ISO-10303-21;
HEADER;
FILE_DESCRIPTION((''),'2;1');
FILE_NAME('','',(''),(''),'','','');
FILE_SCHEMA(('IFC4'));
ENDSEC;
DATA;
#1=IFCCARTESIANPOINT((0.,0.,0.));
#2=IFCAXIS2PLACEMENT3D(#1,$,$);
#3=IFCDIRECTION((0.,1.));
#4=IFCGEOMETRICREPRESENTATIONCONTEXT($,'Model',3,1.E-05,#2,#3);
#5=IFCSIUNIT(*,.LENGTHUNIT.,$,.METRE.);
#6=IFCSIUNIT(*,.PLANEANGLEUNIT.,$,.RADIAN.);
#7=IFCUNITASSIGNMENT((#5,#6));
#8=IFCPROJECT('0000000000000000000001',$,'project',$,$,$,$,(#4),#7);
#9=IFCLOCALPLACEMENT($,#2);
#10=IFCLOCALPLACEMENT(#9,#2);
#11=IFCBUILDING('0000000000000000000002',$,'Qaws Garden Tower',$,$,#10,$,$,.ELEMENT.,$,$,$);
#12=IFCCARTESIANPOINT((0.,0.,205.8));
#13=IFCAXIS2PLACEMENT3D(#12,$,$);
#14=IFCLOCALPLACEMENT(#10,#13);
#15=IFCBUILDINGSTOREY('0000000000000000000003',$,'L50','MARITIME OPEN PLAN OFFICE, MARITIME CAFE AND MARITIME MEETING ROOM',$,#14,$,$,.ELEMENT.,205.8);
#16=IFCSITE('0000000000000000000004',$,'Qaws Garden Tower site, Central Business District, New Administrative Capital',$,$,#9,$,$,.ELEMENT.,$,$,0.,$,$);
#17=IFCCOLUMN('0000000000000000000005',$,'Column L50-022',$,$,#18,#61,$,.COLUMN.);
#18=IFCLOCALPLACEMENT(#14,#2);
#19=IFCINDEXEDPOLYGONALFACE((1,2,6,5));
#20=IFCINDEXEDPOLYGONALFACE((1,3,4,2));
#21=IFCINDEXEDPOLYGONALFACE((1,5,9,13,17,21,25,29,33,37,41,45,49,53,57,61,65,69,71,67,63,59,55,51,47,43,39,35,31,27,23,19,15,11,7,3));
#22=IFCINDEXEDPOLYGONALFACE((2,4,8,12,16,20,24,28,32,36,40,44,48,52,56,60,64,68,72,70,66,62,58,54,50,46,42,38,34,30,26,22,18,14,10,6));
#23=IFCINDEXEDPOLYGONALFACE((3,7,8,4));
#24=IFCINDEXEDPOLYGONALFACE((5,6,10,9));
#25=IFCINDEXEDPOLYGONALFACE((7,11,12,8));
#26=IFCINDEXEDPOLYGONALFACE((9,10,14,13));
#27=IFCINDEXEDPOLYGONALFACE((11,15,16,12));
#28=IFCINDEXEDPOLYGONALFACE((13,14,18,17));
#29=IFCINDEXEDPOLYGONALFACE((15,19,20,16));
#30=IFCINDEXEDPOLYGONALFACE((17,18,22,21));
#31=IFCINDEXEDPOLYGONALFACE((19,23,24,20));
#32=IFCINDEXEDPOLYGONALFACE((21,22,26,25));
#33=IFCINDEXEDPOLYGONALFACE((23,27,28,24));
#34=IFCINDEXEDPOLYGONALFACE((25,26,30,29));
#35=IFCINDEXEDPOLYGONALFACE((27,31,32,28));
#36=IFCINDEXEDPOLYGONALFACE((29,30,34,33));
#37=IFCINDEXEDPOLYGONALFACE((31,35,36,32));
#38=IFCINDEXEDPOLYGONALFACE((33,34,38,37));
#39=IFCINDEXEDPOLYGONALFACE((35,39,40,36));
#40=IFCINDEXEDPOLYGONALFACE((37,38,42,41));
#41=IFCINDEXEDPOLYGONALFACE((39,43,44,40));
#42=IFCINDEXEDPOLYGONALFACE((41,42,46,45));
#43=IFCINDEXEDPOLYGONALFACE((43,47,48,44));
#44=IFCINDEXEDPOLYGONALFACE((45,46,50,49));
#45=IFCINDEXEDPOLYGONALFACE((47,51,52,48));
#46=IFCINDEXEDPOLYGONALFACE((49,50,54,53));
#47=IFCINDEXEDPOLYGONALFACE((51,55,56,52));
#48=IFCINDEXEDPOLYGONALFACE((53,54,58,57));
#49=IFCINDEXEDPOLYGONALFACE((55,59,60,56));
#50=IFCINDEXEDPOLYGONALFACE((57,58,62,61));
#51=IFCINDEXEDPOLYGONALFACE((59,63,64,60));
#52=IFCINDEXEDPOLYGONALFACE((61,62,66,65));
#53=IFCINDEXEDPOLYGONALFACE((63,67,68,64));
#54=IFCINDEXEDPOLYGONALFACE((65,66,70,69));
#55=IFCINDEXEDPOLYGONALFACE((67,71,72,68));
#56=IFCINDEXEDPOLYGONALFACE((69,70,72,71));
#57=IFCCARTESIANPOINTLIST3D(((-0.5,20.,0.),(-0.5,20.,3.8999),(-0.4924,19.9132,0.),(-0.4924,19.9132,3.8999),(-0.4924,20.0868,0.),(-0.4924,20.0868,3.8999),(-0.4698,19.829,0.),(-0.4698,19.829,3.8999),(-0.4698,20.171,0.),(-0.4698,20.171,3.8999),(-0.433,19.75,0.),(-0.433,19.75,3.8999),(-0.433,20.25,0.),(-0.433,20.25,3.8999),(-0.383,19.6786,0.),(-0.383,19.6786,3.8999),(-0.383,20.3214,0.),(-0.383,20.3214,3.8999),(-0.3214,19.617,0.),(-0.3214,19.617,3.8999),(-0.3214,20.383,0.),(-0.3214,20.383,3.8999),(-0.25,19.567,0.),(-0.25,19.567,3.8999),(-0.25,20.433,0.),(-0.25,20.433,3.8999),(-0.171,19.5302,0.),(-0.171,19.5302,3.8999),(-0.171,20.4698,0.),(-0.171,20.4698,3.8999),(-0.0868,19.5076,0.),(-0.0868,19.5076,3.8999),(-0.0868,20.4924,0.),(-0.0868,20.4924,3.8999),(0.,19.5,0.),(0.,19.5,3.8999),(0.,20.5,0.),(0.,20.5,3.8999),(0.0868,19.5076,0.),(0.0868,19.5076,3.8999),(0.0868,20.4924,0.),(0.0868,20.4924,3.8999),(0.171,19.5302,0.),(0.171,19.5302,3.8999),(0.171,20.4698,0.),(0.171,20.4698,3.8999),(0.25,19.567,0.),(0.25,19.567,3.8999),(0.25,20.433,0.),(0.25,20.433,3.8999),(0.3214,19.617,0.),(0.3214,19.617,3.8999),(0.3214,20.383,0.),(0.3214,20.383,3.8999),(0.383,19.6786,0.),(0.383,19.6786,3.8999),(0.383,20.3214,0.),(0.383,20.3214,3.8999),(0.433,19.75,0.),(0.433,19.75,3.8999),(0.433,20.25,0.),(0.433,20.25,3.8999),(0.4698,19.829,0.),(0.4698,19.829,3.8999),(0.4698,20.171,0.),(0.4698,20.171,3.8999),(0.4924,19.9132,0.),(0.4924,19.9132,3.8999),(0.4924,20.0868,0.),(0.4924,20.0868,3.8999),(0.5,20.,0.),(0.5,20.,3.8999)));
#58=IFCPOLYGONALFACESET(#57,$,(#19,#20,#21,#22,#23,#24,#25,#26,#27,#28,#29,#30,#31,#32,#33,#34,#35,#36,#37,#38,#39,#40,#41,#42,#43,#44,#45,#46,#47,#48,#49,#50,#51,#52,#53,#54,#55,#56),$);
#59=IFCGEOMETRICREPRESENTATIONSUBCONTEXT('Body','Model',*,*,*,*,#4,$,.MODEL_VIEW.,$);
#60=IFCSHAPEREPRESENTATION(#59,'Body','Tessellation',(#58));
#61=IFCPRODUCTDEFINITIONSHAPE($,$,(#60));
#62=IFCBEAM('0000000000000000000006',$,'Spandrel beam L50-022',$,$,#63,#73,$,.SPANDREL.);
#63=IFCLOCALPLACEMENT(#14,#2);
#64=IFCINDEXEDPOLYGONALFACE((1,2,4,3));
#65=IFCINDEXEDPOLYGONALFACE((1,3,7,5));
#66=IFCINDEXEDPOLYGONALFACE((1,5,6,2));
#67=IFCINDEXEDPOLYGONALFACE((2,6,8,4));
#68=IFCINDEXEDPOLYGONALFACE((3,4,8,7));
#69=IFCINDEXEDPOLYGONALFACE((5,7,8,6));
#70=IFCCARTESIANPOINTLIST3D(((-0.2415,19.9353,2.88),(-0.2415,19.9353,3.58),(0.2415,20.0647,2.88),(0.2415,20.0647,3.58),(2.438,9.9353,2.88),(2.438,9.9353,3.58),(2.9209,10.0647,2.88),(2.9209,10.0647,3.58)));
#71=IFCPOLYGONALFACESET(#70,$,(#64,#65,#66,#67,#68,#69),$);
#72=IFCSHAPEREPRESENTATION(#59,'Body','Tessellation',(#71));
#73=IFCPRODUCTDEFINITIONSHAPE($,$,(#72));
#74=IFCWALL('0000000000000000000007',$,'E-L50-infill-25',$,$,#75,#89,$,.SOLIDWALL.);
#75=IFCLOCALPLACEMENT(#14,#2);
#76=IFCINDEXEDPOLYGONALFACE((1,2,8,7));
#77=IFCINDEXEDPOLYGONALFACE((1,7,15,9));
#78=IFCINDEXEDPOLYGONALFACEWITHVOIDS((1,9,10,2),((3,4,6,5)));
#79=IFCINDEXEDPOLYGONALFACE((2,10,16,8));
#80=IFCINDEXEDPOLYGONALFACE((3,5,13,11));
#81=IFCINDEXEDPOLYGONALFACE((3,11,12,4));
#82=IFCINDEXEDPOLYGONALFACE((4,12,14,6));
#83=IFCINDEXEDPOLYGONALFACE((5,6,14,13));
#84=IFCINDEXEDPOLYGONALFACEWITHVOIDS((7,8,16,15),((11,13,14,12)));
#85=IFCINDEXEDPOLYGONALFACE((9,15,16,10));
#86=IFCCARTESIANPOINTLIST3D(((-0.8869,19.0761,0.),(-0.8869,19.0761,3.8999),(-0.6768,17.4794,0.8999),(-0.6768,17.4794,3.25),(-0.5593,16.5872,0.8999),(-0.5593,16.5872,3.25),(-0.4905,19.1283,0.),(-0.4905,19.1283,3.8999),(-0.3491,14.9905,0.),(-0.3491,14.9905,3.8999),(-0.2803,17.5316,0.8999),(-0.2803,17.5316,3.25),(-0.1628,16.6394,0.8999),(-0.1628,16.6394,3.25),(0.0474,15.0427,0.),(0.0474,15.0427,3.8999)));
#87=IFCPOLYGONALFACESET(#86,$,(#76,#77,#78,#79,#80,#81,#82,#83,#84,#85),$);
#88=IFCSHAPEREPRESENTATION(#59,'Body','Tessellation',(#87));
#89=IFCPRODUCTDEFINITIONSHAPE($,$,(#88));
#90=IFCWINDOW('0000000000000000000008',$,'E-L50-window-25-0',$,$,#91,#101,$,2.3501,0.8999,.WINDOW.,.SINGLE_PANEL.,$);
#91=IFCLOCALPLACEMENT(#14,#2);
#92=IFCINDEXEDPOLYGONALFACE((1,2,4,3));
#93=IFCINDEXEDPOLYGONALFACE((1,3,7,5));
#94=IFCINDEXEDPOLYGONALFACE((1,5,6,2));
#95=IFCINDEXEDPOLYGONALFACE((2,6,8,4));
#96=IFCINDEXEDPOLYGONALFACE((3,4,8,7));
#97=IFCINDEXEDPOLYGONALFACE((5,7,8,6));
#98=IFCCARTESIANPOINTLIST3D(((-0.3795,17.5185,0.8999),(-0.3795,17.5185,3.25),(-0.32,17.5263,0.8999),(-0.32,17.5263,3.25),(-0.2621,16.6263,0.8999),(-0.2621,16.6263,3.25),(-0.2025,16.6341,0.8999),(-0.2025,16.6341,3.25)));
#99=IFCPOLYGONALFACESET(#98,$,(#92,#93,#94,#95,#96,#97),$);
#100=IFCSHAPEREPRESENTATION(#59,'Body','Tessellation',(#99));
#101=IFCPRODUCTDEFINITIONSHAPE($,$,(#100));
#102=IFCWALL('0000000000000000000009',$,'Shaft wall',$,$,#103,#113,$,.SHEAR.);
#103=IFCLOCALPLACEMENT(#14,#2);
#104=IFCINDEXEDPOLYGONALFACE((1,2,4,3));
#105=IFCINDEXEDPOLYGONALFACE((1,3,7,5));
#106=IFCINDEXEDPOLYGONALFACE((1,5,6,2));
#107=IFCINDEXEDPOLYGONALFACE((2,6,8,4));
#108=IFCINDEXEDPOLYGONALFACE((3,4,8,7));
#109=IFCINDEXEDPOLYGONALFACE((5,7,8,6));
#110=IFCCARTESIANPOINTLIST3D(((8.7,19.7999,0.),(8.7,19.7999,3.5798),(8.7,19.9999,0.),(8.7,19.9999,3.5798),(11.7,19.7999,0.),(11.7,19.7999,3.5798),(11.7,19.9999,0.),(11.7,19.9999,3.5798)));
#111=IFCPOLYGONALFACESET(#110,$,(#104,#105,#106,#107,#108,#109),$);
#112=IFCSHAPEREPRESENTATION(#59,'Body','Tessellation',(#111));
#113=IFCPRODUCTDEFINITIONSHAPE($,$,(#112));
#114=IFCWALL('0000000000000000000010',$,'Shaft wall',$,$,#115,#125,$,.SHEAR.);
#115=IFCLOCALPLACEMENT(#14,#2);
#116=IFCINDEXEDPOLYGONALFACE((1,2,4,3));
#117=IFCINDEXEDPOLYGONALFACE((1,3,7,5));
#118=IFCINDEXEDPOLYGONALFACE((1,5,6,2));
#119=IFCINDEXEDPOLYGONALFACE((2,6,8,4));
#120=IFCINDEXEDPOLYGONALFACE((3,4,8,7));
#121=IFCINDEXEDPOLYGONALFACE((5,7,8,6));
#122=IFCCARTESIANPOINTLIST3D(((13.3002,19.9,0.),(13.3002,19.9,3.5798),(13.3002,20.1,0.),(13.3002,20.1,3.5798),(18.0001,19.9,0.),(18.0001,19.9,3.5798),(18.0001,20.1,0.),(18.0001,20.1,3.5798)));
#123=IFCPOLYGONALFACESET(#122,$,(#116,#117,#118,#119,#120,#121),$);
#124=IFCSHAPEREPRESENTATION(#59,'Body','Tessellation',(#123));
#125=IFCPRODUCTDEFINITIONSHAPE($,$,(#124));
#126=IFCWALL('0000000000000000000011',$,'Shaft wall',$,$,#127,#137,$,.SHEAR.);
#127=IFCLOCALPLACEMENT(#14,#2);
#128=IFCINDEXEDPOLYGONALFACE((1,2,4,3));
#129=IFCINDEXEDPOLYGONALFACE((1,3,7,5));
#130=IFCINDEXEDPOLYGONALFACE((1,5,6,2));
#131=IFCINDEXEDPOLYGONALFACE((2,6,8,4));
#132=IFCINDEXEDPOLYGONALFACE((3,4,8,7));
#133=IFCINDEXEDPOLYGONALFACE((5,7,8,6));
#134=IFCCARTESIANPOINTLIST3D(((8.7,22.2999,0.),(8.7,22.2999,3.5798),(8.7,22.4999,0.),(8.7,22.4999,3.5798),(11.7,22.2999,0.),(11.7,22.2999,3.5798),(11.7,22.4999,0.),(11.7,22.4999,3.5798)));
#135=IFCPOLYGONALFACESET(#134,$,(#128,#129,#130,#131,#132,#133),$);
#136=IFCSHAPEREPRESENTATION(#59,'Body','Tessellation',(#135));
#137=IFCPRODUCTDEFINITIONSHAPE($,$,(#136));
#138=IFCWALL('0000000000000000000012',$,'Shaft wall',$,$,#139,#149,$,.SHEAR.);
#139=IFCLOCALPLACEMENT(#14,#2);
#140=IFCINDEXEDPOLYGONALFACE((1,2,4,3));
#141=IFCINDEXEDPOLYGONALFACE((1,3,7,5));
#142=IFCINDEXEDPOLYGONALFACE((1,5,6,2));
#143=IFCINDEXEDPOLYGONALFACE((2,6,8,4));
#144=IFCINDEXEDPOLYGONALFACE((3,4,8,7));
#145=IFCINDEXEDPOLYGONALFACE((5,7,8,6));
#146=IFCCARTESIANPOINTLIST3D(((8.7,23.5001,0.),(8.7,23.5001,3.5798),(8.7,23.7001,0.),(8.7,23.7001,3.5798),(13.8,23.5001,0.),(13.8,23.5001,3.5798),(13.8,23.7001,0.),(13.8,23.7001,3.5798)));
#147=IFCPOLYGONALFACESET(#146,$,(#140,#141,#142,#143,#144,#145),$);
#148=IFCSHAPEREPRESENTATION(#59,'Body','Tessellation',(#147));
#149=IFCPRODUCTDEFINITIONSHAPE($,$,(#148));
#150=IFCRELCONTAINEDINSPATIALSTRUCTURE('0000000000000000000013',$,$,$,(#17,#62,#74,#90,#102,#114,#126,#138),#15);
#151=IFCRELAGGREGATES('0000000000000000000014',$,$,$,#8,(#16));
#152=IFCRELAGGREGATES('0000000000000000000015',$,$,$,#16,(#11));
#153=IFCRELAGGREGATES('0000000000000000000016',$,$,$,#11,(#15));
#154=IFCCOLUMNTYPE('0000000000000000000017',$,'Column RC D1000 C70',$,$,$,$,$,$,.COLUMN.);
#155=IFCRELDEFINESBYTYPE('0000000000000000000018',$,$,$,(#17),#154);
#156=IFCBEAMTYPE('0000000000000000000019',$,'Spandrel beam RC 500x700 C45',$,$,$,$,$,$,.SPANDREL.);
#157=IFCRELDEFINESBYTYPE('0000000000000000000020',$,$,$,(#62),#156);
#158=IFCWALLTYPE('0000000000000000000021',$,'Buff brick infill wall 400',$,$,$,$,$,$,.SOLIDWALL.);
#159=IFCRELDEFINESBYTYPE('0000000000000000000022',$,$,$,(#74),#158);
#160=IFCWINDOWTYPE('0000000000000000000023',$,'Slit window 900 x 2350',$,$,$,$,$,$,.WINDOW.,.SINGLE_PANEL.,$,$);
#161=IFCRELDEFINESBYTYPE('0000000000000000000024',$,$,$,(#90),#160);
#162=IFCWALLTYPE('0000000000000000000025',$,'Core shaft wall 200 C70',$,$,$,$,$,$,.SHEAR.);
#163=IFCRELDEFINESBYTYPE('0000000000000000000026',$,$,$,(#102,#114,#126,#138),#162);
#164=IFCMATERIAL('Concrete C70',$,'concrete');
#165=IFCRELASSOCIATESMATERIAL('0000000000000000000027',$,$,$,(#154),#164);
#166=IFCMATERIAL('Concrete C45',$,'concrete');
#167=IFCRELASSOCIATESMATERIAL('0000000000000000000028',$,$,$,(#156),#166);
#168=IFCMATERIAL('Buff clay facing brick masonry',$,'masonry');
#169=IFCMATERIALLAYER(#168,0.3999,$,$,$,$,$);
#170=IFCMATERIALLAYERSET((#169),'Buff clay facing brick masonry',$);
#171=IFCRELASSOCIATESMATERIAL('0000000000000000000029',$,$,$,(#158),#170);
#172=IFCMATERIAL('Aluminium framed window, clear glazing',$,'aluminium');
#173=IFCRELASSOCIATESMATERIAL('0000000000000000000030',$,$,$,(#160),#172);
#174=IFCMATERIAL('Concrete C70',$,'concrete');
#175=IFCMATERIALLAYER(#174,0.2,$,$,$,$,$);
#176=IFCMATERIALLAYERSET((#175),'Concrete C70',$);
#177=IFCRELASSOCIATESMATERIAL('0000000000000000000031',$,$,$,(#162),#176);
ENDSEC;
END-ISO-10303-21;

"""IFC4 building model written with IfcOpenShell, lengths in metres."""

from ifc_helpers import new_model, si_unit, direction, frame, frame_2d, origin, origin_2d, place, context, subcontext, project, spatial, rectangle, circle, extrude, material, layer, layer_set, material_profile, profile_set, type_object, element, fill, save


model = new_model("IFC4")

# Units and contexts
model_context = context("Model", 3, precision=1e-05, world=origin(), true_north=direction((0.0, 1.0)))
body_context = subcontext(model_context, "Body", "Model", "MODEL_VIEW")
ifc_project = project(units=[si_unit("LENGTHUNIT", "METRE"), si_unit("PLANEANGLEUNIT", "RADIAN")], contexts=[model_context])

# Site, building, storey
site_placement = place(None, origin())
site = spatial("IfcSite", under=ifc_project, at=site_placement, Name="Qaws Garden Tower site, Central Business District, New Administrative Capital", CompositionType="ELEMENT", RefElevation=0.0)
building_placement = place(site_placement, origin())
building = spatial("IfcBuilding", under=site, at=building_placement, Name="Qaws Garden Tower", CompositionType="ELEMENT")
storey_placement = place(building_placement, frame((0.0, 0.0, 205.8)))
storey = spatial("IfcBuildingStorey", under=building, at=storey_placement, Name="L50", Description="MARITIME OPEN PLAN OFFICE, MARITIME CAFE AND MARITIME MEETING ROOM", CompositionType="ELEMENT", Elevation=205.8)

# Column
ifc_material_1 = material(Name="Concrete C70", Category="concrete")
ifc_material_profile_1 = material_profile(ifc_material_1, circle(Radius=0.5, at=origin_2d()), Name="RC D1000")
ifc_profile_set_1 = profile_set([ifc_material_profile_1], Name="Concrete C70")
column_type = type_object("IfcColumnType", Name="Column RC D1000 C70", PredefinedType="COLUMN", material=ifc_profile_set_1)
column_placement = place(storey_placement, frame((0.0, 20.0, 0.0), z_axis=(0.0, 0.0, 1.0), x_axis=(1.0, 0.0, 0.0)))
element("IfcColumn", 1, at=column_placement, inside=storey, type_object=column_type, Name="Column L50-022", PredefinedType="COLUMN", context=body_context, shape_type="SweptSolid", body=[
    extrude(circle(Radius=0.5, at=origin_2d()), origin(), (0.0, 0.0, 1.0), 3.8999),
])

# Beam
ifc_material_2 = material(Name="Concrete C45", Category="concrete")
ifc_material_profile_2 = material_profile(ifc_material_2, rectangle(XDim=0.5, YDim=0.7, at=origin_2d()), Name="RC 500x700")
ifc_profile_set_2 = profile_set([ifc_material_profile_2], Name="Concrete C45")
beam_type = type_object("IfcBeamType", Name="Spandrel beam RC 500x700 C45", PredefinedType="SPANDREL", material=ifc_profile_set_2)
beam_placement = place(storey_placement, frame((0.0, 20.0, 3.23), z_axis=(0.258815, -0.965927, 0.0), x_axis=(0.965927, 0.258815, 0.0)))
element("IfcBeam", 2, at=beam_placement, inside=storey, type_object=beam_type, Name="Spandrel beam L50-022", PredefinedType="SPANDREL", context=body_context, shape_type="SweptSolid", body=[
    extrude(rectangle(XDim=0.5, YDim=0.7, at=origin_2d()), origin(), (0.0, 0.0, 1.0), 10.3528),
])

# Wall, opening, window
ifc_material_3 = material(Name="Buff clay facing brick masonry", Category="masonry")
ifc_layer_1 = layer(ifc_material_3, 0.3999)
ifc_layer_set_1 = layer_set([ifc_layer_1], Name="Buff clay facing brick masonry")
wall_type_1 = type_object("IfcWallType", Name="Buff brick infill wall 400", PredefinedType="SOLIDWALL", material=ifc_layer_set_1)
wall_1_placement = place(storey_placement, frame((-0.6887, 19.1023, 0.0), z_axis=(0.0, 0.0, 1.0), x_axis=(0.130514, -0.991446, 0.0)))
wall_1 = element("IfcWall", 3, at=wall_1_placement, inside=storey, type_object=wall_type_1, Name="E-L50-infill-25", PredefinedType="SOLIDWALL", context=body_context, shape_type="SweptSolid", body=[
    extrude(rectangle(XDim=4.1208, YDim=0.3999, at=frame_2d((2.0605, 0.0))), origin(), (0.0, 0.0, 1.0), 3.8999),
])
opening_1_placement = place(wall_1_placement, frame((1.6106, 0.0, 0.8999)))
opening_1 = element("IfcOpeningElement", 4, at=opening_1_placement, cuts=wall_1, PredefinedType="OPENING", context=body_context, shape_type="SweptSolid", body=[
    extrude(rectangle(XDim=0.8999, YDim=2.3501, at=frame_2d((0.45, 1.175))), frame((0.0, 0.21, 0.0), z_axis=(0.0, -1.0, 0.0), x_axis=(1.0, 0.0, 0.0)), (0.0, 0.0, 1.0), 0.4199),
])
ifc_material_4 = material(Name="Aluminium framed window, clear glazing", Category="aluminium")
window_type = type_object("IfcWindowType", Name="Slit window 900 x 2350", PartitioningType="SINGLE_PANEL", PredefinedType="WINDOW", material=ifc_material_4)
window_placement = place(opening_1_placement, origin())
window = element("IfcWindow", 5, at=window_placement, inside=storey, type_object=window_type, Name="E-L50-window-25-0", OverallHeight=2.3501, OverallWidth=0.8999, PartitioningType="SINGLE_PANEL", PredefinedType="WINDOW", context=body_context, shape_type="SweptSolid", body=[
    extrude(rectangle(XDim=0.8999, YDim=2.3501, at=frame_2d((0.45, 1.175))), frame((0.0, 0.1599, 0.0), z_axis=(0.0, -1.0, 0.0), x_axis=(1.0, 0.0, 0.0)), (0.0, 0.0, 1.0), 0.0601),
])
fill(opening_1, window)

# Walls
ifc_material_5 = material(Name="Concrete C70", Category="concrete")
ifc_layer_2 = layer(ifc_material_5, 0.2)
ifc_layer_set_2 = layer_set([ifc_layer_2], Name="Concrete C70")
wall_type_2 = type_object("IfcWallType", Name="Core shaft wall 200 C70", PredefinedType="SHEAR", material=ifc_layer_set_2)
wall_2_placement = place(storey_placement, frame((8.7, 19.8999, 0.0), z_axis=(0.0, 0.0, 1.0), x_axis=(1.0, 0.0, 0.0)))
element("IfcWall", 6, at=wall_2_placement, inside=storey, type_object=wall_type_2, Name="Shaft wall", PredefinedType="SHEAR", context=body_context, shape_type="SweptSolid", body=[
    extrude(rectangle(XDim=3.0, YDim=0.2, at=frame_2d((1.5, 0.0))), origin(), (0.0, 0.0, 1.0), 3.5798),
])
wall_3_placement = place(storey_placement, frame((13.3, 20.0, 0.0), z_axis=(0.0, 0.0, 1.0), x_axis=(1.0, 0.0, 0.0)))
element("IfcWall", 7, at=wall_3_placement, inside=storey, type_object=wall_type_2, Name="Shaft wall", PredefinedType="SHEAR", context=body_context, shape_type="SweptSolid", body=[
    extrude(rectangle(XDim=4.7, YDim=0.2, at=frame_2d((2.3501, 0.0))), origin(), (0.0, 0.0, 1.0), 3.5798),
])
wall_4_placement = place(storey_placement, frame((8.7, 22.3999, 0.0), z_axis=(0.0, 0.0, 1.0), x_axis=(1.0, 0.0, 0.0)))
element("IfcWall", 8, at=wall_4_placement, inside=storey, type_object=wall_type_2, Name="Shaft wall", PredefinedType="SHEAR", context=body_context, shape_type="SweptSolid", body=[
    extrude(rectangle(XDim=3.0, YDim=0.2, at=frame_2d((1.5, 0.0))), origin(), (0.0, 0.0, 1.0), 3.5798),
])
wall_5_placement = place(storey_placement, frame((8.7, 23.6001, 0.0), z_axis=(0.0, 0.0, 1.0), x_axis=(1.0, 0.0, 0.0)))
element("IfcWall", 9, at=wall_5_placement, inside=storey, type_object=wall_type_2, Name="Shaft wall", PredefinedType="SHEAR", context=body_context, shape_type="SweptSolid", body=[
    extrude(rectangle(XDim=5.1001, YDim=0.2, at=frame_2d((2.55, 0.0))), origin(), (0.0, 0.0, 1.0), 3.5798),
])

save(model, "model.ifc")
